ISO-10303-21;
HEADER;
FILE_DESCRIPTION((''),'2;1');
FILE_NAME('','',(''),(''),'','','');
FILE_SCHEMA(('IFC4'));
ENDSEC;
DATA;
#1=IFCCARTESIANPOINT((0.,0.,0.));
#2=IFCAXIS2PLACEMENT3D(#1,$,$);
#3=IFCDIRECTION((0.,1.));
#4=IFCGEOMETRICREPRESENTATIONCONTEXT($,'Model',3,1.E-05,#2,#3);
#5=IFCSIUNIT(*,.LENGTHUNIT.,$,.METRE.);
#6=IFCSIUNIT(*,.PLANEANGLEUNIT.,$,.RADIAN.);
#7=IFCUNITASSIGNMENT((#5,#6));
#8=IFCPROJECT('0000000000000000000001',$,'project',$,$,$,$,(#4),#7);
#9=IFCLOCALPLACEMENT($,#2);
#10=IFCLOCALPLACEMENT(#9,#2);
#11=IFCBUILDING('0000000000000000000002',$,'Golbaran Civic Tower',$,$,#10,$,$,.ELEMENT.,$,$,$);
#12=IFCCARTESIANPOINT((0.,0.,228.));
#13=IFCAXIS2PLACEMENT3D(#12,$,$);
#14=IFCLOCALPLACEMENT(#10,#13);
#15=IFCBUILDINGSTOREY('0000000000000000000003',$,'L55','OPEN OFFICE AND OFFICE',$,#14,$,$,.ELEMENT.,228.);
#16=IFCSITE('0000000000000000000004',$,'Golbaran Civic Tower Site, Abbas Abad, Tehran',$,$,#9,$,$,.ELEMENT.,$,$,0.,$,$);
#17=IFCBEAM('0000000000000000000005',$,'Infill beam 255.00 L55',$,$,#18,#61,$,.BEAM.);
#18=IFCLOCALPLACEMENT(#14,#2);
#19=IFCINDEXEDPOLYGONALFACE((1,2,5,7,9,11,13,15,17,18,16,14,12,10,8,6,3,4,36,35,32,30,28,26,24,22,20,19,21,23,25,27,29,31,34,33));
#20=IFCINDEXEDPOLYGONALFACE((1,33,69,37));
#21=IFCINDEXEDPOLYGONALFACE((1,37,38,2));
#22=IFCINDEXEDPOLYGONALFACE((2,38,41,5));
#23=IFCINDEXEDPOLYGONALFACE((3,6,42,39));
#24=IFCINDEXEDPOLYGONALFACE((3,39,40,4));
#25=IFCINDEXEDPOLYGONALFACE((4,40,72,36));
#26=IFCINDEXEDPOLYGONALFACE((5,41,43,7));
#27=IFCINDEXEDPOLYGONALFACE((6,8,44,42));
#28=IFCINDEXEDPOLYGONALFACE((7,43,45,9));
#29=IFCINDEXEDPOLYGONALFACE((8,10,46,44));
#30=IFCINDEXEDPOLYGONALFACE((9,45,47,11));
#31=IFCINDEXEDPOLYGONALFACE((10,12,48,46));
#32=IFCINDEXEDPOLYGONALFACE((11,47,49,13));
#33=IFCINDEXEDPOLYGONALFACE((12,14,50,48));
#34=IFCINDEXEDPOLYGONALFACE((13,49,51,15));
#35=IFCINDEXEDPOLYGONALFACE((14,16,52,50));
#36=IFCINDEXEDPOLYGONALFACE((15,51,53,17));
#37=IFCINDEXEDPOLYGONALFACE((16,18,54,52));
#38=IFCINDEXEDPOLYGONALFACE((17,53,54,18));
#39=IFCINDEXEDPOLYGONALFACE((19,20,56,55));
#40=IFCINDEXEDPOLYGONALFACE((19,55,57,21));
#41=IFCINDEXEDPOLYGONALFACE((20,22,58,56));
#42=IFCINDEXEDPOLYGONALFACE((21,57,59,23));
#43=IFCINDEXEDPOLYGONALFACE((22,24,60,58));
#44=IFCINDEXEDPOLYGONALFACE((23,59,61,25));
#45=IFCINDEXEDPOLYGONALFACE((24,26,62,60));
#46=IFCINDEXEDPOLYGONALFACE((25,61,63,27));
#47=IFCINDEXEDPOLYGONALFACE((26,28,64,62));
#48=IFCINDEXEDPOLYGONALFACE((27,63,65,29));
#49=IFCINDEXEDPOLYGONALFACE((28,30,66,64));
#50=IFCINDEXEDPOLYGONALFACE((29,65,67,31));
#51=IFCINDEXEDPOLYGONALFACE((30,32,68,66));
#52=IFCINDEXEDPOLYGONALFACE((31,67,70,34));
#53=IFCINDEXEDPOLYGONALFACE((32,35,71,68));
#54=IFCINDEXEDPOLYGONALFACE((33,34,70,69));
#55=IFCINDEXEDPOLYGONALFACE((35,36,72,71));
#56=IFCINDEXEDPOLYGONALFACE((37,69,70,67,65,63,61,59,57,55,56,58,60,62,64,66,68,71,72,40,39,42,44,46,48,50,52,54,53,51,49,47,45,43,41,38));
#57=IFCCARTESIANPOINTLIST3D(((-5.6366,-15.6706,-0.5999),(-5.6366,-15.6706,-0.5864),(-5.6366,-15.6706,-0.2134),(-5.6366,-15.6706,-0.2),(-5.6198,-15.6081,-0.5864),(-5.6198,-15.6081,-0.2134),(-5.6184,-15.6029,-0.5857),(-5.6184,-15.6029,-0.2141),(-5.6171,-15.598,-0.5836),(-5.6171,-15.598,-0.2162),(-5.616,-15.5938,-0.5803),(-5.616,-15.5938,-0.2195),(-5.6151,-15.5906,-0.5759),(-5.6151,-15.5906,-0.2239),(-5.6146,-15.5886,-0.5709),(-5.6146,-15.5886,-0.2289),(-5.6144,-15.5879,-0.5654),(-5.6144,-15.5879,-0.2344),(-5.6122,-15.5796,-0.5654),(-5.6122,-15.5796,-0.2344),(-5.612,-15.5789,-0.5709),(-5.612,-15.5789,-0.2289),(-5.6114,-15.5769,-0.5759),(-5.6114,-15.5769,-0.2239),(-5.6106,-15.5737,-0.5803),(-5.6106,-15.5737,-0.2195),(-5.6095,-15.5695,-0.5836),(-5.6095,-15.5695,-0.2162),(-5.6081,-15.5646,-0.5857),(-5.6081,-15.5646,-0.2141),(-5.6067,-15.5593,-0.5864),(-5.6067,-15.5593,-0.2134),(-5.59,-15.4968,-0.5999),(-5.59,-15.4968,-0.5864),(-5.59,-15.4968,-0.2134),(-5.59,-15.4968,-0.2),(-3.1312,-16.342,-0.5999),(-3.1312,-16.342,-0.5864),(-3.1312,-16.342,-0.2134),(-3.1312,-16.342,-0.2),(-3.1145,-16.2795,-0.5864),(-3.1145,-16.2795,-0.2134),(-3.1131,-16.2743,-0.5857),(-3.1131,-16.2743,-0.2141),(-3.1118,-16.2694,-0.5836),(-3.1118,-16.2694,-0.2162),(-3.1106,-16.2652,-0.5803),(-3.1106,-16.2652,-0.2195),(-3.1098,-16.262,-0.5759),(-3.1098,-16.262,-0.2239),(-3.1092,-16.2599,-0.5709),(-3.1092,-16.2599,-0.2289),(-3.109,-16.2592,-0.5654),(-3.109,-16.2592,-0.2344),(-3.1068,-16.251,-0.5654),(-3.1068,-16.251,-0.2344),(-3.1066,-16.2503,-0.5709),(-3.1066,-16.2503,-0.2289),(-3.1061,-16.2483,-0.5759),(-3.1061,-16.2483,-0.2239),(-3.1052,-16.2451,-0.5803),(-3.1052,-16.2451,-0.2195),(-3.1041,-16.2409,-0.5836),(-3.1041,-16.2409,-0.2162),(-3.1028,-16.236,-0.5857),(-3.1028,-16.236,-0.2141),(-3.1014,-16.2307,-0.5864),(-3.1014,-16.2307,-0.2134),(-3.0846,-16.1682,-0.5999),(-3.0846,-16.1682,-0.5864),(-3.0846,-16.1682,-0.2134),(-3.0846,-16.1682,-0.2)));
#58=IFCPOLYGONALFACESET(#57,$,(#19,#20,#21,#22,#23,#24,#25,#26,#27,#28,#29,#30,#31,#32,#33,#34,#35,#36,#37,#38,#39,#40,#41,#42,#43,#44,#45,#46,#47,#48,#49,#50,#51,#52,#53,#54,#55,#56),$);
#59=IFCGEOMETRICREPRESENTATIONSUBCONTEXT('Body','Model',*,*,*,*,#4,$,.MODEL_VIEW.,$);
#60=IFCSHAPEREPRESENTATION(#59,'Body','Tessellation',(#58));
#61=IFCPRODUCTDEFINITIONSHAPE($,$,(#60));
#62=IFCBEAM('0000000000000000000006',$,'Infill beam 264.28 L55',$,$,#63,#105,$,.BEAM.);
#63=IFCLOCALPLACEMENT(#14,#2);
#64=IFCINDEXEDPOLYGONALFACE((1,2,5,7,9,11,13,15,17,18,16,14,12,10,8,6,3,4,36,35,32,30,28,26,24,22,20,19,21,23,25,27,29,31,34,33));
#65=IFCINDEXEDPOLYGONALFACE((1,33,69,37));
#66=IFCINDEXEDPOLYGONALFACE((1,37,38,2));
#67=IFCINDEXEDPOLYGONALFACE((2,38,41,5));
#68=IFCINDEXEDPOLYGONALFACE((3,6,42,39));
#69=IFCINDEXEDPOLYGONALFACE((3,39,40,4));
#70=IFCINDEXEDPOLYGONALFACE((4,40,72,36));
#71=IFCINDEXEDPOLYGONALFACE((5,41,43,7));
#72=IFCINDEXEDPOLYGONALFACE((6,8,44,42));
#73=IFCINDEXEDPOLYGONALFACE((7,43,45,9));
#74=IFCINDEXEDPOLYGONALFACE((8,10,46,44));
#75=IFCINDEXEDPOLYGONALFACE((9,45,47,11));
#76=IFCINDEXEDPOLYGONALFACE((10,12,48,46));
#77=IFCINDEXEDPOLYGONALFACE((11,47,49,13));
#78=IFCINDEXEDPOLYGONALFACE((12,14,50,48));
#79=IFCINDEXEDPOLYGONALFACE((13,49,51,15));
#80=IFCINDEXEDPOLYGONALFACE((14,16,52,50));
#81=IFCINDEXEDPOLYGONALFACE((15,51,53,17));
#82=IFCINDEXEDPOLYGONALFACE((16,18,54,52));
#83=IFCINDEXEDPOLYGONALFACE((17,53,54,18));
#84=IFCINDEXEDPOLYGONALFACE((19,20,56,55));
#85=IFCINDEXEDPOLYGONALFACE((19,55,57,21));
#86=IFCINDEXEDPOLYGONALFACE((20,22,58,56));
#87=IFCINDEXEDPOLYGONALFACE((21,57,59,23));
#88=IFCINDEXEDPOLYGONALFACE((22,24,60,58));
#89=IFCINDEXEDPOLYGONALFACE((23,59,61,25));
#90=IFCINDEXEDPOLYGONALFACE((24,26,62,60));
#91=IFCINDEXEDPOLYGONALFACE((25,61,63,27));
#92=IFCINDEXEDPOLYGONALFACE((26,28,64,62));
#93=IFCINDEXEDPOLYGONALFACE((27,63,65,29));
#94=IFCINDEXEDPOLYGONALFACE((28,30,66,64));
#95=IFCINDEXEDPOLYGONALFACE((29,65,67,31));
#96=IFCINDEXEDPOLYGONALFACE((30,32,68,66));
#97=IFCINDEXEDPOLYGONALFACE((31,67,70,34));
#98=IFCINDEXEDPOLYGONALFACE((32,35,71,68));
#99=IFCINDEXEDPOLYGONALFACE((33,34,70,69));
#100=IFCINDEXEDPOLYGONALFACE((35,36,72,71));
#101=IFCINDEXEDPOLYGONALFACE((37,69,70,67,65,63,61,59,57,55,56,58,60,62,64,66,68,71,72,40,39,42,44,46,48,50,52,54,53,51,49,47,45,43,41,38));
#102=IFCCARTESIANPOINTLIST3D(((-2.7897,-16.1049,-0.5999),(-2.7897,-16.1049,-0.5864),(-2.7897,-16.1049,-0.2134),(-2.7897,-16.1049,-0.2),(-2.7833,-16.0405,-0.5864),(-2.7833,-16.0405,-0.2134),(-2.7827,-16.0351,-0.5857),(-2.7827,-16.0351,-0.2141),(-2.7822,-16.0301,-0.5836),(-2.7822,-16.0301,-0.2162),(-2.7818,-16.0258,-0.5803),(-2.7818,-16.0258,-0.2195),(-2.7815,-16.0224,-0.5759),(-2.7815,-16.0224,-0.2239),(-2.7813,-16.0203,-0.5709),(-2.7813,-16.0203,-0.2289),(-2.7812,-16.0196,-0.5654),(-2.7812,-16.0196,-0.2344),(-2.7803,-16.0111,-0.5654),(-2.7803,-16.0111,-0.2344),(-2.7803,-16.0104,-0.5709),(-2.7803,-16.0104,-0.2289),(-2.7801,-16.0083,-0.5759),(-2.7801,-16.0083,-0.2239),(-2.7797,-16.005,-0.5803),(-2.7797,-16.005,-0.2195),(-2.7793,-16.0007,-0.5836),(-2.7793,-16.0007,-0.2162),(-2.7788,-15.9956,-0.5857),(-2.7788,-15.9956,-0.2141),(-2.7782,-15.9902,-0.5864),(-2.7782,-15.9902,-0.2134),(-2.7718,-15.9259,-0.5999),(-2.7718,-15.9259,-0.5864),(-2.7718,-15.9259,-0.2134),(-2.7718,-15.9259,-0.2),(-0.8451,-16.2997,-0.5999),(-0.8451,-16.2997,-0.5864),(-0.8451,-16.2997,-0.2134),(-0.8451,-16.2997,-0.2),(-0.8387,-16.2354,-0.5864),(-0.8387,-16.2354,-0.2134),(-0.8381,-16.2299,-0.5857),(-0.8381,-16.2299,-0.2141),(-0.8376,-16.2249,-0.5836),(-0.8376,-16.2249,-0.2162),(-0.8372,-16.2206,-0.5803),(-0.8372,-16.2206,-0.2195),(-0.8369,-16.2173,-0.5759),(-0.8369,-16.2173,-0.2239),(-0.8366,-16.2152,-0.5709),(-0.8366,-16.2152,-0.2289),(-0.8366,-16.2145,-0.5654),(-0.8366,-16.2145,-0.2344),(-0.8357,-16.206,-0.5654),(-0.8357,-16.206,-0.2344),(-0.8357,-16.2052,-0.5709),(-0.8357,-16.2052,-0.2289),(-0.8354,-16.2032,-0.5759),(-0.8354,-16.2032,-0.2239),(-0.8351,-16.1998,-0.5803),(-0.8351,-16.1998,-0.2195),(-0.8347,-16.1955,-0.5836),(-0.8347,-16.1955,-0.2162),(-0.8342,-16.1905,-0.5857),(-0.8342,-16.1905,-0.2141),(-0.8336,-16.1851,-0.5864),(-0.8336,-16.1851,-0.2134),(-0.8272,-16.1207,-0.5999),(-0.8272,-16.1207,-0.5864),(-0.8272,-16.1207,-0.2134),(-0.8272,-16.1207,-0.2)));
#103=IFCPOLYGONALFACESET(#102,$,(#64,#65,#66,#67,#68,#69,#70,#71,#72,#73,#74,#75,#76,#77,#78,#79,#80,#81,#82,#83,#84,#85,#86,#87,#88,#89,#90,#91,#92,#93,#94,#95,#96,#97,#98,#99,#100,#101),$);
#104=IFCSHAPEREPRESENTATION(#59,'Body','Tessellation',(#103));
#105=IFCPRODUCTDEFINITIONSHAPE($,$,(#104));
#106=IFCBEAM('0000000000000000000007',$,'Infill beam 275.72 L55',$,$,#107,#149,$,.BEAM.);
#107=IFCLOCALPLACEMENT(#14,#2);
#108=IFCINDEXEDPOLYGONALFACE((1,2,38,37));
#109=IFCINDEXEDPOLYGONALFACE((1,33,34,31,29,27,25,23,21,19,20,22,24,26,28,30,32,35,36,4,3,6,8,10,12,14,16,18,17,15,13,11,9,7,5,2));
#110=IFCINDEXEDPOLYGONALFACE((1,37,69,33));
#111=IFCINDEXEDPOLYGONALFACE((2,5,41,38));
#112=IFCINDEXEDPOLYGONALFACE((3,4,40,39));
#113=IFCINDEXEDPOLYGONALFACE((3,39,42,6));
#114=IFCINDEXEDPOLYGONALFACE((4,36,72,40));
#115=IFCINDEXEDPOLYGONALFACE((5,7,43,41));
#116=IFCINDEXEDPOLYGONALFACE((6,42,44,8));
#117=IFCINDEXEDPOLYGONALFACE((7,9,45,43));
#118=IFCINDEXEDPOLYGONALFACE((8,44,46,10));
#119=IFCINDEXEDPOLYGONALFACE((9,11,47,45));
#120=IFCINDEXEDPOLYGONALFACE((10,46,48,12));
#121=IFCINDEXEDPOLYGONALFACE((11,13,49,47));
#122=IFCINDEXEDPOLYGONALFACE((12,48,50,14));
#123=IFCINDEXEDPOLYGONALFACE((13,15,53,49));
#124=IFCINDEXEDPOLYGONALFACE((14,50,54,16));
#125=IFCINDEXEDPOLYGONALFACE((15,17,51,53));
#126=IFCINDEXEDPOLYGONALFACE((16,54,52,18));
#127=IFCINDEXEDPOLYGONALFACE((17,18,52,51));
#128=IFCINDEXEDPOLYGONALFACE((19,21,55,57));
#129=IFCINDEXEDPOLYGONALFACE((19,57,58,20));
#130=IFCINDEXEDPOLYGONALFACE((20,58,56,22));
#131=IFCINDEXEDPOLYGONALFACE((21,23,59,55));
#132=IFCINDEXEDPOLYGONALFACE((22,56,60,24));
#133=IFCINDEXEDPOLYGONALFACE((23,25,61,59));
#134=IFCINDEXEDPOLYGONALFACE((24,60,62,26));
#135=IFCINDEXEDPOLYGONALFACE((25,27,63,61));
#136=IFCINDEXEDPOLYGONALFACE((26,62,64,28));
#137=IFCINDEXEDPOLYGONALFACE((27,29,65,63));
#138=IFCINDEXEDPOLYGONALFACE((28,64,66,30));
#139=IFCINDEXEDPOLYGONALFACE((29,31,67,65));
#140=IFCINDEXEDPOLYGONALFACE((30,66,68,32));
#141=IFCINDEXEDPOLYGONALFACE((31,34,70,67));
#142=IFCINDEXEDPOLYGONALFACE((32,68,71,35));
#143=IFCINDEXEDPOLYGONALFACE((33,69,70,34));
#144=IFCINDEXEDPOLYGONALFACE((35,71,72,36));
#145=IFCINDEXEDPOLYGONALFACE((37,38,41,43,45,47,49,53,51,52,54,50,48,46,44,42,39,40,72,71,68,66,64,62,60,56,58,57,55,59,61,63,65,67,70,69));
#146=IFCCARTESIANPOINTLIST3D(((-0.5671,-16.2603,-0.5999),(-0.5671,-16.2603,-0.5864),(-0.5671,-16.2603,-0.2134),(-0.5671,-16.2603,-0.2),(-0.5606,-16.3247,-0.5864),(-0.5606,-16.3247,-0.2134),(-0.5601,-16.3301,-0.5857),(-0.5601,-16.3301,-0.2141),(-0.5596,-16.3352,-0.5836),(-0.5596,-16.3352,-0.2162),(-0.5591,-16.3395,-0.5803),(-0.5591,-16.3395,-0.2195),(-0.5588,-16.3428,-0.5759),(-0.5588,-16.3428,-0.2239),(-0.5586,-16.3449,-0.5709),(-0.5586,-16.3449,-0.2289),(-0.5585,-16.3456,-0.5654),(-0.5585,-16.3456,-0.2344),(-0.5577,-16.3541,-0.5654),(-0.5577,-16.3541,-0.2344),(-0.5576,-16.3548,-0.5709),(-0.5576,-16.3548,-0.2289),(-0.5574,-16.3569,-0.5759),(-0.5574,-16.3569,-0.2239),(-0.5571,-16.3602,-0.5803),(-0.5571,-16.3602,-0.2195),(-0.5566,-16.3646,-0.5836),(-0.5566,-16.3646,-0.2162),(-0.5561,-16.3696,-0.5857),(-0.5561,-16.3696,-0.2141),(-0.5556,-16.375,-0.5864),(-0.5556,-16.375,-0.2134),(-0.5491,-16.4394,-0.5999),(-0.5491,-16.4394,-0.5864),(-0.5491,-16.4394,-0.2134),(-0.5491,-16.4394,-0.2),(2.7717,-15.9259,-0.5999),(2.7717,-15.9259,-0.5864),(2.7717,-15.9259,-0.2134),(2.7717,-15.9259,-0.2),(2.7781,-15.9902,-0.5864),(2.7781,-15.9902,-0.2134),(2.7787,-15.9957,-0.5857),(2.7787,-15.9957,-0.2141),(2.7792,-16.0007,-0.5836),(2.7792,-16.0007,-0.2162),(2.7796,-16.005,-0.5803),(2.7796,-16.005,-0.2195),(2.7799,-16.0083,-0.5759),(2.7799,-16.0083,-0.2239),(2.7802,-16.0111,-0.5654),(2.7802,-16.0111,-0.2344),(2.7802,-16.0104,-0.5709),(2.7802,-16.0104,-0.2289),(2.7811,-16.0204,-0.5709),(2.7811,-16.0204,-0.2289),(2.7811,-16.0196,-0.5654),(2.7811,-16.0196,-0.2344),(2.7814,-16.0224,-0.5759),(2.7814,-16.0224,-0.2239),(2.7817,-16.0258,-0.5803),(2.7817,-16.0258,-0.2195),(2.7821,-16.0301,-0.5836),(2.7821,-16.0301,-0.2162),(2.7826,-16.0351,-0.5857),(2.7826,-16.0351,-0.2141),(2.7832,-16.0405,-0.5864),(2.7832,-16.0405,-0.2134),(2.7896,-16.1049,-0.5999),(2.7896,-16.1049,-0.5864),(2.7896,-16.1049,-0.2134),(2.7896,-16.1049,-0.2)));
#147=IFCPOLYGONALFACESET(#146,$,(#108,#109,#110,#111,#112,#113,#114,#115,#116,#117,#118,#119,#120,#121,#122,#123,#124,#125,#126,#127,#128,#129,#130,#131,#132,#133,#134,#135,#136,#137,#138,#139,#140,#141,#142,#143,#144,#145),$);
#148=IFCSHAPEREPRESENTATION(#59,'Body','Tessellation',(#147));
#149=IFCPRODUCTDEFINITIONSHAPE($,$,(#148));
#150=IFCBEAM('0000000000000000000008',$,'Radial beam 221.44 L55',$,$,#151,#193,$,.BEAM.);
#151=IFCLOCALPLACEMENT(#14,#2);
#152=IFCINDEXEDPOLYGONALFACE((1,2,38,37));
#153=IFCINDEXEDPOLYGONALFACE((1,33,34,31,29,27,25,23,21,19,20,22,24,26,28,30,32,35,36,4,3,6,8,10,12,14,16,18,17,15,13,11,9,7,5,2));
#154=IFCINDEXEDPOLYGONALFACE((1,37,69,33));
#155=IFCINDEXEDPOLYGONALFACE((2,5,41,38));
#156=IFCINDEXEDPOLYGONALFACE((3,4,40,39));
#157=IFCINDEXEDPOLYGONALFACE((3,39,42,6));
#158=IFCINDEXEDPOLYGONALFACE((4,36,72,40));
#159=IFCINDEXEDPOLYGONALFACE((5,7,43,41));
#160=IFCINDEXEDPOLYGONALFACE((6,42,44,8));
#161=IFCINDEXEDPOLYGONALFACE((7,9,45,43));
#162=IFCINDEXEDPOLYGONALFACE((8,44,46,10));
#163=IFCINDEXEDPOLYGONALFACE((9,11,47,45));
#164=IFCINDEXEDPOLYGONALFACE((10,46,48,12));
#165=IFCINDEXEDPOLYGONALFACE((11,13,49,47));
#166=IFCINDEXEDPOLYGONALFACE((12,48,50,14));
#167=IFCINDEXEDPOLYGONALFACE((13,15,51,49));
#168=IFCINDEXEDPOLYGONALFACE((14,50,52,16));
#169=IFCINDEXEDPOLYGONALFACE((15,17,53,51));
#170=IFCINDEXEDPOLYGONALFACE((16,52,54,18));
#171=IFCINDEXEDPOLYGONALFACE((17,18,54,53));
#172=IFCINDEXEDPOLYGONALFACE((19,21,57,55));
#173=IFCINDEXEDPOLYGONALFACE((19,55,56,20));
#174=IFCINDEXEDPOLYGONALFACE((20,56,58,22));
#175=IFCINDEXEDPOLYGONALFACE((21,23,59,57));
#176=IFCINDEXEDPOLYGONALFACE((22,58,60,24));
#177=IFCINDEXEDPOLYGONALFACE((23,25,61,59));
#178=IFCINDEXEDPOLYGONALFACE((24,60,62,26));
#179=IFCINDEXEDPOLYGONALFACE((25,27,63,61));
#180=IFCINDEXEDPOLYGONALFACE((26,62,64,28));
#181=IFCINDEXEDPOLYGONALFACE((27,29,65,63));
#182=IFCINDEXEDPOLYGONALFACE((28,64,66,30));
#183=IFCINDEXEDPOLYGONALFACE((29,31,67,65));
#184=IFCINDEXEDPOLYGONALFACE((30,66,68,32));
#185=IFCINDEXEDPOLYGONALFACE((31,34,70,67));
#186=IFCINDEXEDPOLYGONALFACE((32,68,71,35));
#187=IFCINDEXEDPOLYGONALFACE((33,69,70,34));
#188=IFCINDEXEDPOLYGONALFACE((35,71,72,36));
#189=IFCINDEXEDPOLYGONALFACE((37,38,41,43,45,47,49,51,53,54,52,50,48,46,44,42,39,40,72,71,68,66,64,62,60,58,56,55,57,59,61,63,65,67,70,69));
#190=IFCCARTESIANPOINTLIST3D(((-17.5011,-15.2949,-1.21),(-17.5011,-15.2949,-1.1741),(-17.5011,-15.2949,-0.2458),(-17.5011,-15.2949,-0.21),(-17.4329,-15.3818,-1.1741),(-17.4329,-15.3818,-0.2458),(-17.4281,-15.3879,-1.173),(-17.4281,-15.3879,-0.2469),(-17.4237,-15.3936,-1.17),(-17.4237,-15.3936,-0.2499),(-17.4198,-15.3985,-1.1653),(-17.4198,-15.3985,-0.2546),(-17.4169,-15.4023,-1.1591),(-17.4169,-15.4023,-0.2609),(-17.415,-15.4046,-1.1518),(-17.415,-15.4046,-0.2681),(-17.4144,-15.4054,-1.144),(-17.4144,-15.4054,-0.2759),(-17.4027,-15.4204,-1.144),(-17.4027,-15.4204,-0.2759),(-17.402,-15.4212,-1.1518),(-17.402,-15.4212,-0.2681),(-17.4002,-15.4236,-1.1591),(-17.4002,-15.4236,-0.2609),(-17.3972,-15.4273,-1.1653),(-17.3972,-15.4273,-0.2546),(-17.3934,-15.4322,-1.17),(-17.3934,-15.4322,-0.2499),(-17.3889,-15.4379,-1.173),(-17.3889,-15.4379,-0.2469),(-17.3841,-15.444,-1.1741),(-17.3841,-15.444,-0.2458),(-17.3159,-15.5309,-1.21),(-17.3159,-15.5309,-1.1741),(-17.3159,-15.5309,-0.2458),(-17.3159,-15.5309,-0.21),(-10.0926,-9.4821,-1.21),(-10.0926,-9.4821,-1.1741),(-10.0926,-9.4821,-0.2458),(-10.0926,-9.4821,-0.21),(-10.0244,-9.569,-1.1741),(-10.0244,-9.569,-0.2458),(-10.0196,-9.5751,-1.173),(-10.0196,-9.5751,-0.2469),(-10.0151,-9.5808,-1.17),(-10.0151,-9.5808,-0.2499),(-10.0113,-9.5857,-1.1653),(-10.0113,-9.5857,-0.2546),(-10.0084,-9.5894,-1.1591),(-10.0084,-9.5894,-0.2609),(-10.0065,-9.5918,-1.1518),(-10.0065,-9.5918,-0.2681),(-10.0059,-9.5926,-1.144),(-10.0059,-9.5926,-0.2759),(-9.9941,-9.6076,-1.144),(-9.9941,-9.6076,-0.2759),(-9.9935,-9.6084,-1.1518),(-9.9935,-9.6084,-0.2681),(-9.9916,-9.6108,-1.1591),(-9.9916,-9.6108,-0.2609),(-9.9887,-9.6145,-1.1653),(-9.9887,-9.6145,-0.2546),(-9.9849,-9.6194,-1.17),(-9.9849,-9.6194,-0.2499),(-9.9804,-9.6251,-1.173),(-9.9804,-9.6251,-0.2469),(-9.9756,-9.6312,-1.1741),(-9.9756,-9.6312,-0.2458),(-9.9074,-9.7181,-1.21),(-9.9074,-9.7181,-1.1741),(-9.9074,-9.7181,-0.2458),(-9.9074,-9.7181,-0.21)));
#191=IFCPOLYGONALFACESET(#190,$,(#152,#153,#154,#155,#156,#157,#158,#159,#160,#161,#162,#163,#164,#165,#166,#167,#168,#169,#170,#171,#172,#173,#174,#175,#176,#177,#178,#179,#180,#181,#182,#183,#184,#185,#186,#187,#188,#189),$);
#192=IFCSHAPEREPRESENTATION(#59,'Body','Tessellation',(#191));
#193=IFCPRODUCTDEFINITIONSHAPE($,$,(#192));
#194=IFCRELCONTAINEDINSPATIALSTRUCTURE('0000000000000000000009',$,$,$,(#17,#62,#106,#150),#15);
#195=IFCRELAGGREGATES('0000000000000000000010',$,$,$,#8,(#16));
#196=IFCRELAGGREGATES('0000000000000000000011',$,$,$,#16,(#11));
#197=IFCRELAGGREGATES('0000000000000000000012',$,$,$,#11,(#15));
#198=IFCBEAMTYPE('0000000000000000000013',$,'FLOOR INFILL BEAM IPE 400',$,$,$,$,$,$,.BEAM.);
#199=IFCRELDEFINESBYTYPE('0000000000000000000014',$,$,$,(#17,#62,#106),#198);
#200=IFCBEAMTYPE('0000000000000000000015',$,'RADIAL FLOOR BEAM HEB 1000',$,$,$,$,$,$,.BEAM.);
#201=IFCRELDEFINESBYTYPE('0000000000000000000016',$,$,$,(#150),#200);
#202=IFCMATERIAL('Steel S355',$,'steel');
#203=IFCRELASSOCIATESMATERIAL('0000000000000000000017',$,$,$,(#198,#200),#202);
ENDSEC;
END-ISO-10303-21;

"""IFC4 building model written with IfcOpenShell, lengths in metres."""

from ifc_helpers import new_model, si_unit, direction, frame, origin, origin_2d, place, context, subcontext, project, spatial, i_section, extrude, material, material_profile, profile_set, type_object, element, save


model = new_model("IFC4")

# Units and contexts
model_context = context("Model", 3, precision=1e-05, world=origin(), true_north=direction((0.0, 1.0)))
body_context = subcontext(model_context, "Body", "Model", "MODEL_VIEW")
ifc_project = project(units=[si_unit("LENGTHUNIT", "METRE"), si_unit("PLANEANGLEUNIT", "RADIAN")], contexts=[model_context])

# Site, building, storey
site_placement = place(None, origin())
site = spatial("IfcSite", under=ifc_project, at=site_placement, Name="Golbaran Civic Tower Site, Abbas Abad, Tehran", CompositionType="ELEMENT", RefElevation=0.0)
building_placement = place(site_placement, origin())
building = spatial("IfcBuilding", under=site, at=building_placement, Name="Golbaran Civic Tower", CompositionType="ELEMENT")
storey_placement = place(building_placement, frame((0.0, 0.0, 228.0)))
storey = spatial("IfcBuildingStorey", under=building, at=storey_placement, Name="L55", Description="OPEN OFFICE AND OFFICE", CompositionType="ELEMENT", Elevation=228.0)

# Beams
ifc_material_1 = material(Name="Steel S355", Category="steel")
ifc_material_profile_1 = material_profile(ifc_material_1, i_section(OverallWidth=0.1799, OverallDepth=0.3999, WebThickness=0.0085, FlangeThickness=0.0134, FilletRadius=0.021, at=origin_2d()), Name="IPE 400")
ifc_profile_set_1 = profile_set([ifc_material_profile_1], Name="Steel S355")
beam_type_1 = type_object("IfcBeamType", Name="FLOOR INFILL BEAM IPE 400", PredefinedType="BEAM", material=ifc_profile_set_1)
beam_1_placement = place(storey_placement, frame((-5.6133, -15.5837, -0.3999), z_axis=(0.965919, -0.258846, 0.0), x_axis=(0.258846, 0.965919, 0.0)))
element("IfcBeam", 1, at=beam_1_placement, inside=storey, type_object=beam_type_1, Name="Infill beam 255.00 L55", PredefinedType="BEAM", context=body_context, shape_type="SweptSolid", body=[
    extrude(i_section(OverallWidth=0.1799, OverallDepth=0.3999, WebThickness=0.0085, FlangeThickness=0.0134, FilletRadius=0.021, at=origin_2d()), origin(), (0.0, 0.0, 1.0), 2.5938),
])
beam_2_placement = place(storey_placement, frame((-2.7808, -16.0154, -0.3999), z_axis=(0.995019, -0.099689, 0.0), x_axis=(0.099689, 0.995019, 0.0)))
element("IfcBeam", 2, at=beam_2_placement, inside=storey, type_object=beam_type_1, Name="Infill beam 264.28 L55", PredefinedType="BEAM", context=body_context, shape_type="SweptSolid", body=[
    extrude(i_section(OverallWidth=0.1799, OverallDepth=0.3999, WebThickness=0.0085, FlangeThickness=0.0134, FilletRadius=0.021, at=origin_2d()), origin(), (0.0, 0.0, 1.0), 1.9543),
])
beam_3_placement = place(storey_placement, frame((-0.5581, -16.3499, -0.3999), z_axis=(0.99502, 0.099677, 0.0), x_axis=(-0.099677, 0.99502, 0.0)))
element("IfcBeam", 3, at=beam_3_placement, inside=storey, type_object=beam_type_1, Name="Infill beam 275.72 L55", PredefinedType="BEAM", context=body_context, shape_type="SweptSolid", body=[
    extrude(i_section(OverallWidth=0.1799, OverallDepth=0.3999, WebThickness=0.0085, FlangeThickness=0.0134, FilletRadius=0.021, at=origin_2d()), origin(), (0.0, 0.0, 1.0), 3.3555),
])
ifc_material_profile_2 = material_profile(ifc_material_1, i_section(OverallWidth=0.3, OverallDepth=1.0, WebThickness=0.019, FlangeThickness=0.0359, FilletRadius=0.03, at=origin_2d()), Name="HEB 1000")
ifc_profile_set_2 = profile_set([ifc_material_profile_2], Name="Steel S355")
beam_type_2 = type_object("IfcBeamType", Name="RADIAL FLOOR BEAM HEB 1000", PredefinedType="BEAM", material=ifc_profile_set_2)
beam_4_placement = place(storey_placement, frame((-10.0, -9.6001, -0.71), z_axis=(-0.78674, -0.617284, 0.0), x_axis=(0.617284, -0.78674, 0.0)))
element("IfcBeam", 4, at=beam_4_placement, inside=storey, type_object=beam_type_2, Name="Radial beam 221.44 L55", PredefinedType="BEAM", context=body_context, shape_type="SweptSolid", body=[
    extrude(i_section(OverallWidth=0.3, OverallDepth=1.0, WebThickness=0.019, FlangeThickness=0.0359, FilletRadius=0.03, at=origin_2d()), origin(), (0.0, 0.0, 1.0), 9.4167),
])

save(model, "model.ifc")
